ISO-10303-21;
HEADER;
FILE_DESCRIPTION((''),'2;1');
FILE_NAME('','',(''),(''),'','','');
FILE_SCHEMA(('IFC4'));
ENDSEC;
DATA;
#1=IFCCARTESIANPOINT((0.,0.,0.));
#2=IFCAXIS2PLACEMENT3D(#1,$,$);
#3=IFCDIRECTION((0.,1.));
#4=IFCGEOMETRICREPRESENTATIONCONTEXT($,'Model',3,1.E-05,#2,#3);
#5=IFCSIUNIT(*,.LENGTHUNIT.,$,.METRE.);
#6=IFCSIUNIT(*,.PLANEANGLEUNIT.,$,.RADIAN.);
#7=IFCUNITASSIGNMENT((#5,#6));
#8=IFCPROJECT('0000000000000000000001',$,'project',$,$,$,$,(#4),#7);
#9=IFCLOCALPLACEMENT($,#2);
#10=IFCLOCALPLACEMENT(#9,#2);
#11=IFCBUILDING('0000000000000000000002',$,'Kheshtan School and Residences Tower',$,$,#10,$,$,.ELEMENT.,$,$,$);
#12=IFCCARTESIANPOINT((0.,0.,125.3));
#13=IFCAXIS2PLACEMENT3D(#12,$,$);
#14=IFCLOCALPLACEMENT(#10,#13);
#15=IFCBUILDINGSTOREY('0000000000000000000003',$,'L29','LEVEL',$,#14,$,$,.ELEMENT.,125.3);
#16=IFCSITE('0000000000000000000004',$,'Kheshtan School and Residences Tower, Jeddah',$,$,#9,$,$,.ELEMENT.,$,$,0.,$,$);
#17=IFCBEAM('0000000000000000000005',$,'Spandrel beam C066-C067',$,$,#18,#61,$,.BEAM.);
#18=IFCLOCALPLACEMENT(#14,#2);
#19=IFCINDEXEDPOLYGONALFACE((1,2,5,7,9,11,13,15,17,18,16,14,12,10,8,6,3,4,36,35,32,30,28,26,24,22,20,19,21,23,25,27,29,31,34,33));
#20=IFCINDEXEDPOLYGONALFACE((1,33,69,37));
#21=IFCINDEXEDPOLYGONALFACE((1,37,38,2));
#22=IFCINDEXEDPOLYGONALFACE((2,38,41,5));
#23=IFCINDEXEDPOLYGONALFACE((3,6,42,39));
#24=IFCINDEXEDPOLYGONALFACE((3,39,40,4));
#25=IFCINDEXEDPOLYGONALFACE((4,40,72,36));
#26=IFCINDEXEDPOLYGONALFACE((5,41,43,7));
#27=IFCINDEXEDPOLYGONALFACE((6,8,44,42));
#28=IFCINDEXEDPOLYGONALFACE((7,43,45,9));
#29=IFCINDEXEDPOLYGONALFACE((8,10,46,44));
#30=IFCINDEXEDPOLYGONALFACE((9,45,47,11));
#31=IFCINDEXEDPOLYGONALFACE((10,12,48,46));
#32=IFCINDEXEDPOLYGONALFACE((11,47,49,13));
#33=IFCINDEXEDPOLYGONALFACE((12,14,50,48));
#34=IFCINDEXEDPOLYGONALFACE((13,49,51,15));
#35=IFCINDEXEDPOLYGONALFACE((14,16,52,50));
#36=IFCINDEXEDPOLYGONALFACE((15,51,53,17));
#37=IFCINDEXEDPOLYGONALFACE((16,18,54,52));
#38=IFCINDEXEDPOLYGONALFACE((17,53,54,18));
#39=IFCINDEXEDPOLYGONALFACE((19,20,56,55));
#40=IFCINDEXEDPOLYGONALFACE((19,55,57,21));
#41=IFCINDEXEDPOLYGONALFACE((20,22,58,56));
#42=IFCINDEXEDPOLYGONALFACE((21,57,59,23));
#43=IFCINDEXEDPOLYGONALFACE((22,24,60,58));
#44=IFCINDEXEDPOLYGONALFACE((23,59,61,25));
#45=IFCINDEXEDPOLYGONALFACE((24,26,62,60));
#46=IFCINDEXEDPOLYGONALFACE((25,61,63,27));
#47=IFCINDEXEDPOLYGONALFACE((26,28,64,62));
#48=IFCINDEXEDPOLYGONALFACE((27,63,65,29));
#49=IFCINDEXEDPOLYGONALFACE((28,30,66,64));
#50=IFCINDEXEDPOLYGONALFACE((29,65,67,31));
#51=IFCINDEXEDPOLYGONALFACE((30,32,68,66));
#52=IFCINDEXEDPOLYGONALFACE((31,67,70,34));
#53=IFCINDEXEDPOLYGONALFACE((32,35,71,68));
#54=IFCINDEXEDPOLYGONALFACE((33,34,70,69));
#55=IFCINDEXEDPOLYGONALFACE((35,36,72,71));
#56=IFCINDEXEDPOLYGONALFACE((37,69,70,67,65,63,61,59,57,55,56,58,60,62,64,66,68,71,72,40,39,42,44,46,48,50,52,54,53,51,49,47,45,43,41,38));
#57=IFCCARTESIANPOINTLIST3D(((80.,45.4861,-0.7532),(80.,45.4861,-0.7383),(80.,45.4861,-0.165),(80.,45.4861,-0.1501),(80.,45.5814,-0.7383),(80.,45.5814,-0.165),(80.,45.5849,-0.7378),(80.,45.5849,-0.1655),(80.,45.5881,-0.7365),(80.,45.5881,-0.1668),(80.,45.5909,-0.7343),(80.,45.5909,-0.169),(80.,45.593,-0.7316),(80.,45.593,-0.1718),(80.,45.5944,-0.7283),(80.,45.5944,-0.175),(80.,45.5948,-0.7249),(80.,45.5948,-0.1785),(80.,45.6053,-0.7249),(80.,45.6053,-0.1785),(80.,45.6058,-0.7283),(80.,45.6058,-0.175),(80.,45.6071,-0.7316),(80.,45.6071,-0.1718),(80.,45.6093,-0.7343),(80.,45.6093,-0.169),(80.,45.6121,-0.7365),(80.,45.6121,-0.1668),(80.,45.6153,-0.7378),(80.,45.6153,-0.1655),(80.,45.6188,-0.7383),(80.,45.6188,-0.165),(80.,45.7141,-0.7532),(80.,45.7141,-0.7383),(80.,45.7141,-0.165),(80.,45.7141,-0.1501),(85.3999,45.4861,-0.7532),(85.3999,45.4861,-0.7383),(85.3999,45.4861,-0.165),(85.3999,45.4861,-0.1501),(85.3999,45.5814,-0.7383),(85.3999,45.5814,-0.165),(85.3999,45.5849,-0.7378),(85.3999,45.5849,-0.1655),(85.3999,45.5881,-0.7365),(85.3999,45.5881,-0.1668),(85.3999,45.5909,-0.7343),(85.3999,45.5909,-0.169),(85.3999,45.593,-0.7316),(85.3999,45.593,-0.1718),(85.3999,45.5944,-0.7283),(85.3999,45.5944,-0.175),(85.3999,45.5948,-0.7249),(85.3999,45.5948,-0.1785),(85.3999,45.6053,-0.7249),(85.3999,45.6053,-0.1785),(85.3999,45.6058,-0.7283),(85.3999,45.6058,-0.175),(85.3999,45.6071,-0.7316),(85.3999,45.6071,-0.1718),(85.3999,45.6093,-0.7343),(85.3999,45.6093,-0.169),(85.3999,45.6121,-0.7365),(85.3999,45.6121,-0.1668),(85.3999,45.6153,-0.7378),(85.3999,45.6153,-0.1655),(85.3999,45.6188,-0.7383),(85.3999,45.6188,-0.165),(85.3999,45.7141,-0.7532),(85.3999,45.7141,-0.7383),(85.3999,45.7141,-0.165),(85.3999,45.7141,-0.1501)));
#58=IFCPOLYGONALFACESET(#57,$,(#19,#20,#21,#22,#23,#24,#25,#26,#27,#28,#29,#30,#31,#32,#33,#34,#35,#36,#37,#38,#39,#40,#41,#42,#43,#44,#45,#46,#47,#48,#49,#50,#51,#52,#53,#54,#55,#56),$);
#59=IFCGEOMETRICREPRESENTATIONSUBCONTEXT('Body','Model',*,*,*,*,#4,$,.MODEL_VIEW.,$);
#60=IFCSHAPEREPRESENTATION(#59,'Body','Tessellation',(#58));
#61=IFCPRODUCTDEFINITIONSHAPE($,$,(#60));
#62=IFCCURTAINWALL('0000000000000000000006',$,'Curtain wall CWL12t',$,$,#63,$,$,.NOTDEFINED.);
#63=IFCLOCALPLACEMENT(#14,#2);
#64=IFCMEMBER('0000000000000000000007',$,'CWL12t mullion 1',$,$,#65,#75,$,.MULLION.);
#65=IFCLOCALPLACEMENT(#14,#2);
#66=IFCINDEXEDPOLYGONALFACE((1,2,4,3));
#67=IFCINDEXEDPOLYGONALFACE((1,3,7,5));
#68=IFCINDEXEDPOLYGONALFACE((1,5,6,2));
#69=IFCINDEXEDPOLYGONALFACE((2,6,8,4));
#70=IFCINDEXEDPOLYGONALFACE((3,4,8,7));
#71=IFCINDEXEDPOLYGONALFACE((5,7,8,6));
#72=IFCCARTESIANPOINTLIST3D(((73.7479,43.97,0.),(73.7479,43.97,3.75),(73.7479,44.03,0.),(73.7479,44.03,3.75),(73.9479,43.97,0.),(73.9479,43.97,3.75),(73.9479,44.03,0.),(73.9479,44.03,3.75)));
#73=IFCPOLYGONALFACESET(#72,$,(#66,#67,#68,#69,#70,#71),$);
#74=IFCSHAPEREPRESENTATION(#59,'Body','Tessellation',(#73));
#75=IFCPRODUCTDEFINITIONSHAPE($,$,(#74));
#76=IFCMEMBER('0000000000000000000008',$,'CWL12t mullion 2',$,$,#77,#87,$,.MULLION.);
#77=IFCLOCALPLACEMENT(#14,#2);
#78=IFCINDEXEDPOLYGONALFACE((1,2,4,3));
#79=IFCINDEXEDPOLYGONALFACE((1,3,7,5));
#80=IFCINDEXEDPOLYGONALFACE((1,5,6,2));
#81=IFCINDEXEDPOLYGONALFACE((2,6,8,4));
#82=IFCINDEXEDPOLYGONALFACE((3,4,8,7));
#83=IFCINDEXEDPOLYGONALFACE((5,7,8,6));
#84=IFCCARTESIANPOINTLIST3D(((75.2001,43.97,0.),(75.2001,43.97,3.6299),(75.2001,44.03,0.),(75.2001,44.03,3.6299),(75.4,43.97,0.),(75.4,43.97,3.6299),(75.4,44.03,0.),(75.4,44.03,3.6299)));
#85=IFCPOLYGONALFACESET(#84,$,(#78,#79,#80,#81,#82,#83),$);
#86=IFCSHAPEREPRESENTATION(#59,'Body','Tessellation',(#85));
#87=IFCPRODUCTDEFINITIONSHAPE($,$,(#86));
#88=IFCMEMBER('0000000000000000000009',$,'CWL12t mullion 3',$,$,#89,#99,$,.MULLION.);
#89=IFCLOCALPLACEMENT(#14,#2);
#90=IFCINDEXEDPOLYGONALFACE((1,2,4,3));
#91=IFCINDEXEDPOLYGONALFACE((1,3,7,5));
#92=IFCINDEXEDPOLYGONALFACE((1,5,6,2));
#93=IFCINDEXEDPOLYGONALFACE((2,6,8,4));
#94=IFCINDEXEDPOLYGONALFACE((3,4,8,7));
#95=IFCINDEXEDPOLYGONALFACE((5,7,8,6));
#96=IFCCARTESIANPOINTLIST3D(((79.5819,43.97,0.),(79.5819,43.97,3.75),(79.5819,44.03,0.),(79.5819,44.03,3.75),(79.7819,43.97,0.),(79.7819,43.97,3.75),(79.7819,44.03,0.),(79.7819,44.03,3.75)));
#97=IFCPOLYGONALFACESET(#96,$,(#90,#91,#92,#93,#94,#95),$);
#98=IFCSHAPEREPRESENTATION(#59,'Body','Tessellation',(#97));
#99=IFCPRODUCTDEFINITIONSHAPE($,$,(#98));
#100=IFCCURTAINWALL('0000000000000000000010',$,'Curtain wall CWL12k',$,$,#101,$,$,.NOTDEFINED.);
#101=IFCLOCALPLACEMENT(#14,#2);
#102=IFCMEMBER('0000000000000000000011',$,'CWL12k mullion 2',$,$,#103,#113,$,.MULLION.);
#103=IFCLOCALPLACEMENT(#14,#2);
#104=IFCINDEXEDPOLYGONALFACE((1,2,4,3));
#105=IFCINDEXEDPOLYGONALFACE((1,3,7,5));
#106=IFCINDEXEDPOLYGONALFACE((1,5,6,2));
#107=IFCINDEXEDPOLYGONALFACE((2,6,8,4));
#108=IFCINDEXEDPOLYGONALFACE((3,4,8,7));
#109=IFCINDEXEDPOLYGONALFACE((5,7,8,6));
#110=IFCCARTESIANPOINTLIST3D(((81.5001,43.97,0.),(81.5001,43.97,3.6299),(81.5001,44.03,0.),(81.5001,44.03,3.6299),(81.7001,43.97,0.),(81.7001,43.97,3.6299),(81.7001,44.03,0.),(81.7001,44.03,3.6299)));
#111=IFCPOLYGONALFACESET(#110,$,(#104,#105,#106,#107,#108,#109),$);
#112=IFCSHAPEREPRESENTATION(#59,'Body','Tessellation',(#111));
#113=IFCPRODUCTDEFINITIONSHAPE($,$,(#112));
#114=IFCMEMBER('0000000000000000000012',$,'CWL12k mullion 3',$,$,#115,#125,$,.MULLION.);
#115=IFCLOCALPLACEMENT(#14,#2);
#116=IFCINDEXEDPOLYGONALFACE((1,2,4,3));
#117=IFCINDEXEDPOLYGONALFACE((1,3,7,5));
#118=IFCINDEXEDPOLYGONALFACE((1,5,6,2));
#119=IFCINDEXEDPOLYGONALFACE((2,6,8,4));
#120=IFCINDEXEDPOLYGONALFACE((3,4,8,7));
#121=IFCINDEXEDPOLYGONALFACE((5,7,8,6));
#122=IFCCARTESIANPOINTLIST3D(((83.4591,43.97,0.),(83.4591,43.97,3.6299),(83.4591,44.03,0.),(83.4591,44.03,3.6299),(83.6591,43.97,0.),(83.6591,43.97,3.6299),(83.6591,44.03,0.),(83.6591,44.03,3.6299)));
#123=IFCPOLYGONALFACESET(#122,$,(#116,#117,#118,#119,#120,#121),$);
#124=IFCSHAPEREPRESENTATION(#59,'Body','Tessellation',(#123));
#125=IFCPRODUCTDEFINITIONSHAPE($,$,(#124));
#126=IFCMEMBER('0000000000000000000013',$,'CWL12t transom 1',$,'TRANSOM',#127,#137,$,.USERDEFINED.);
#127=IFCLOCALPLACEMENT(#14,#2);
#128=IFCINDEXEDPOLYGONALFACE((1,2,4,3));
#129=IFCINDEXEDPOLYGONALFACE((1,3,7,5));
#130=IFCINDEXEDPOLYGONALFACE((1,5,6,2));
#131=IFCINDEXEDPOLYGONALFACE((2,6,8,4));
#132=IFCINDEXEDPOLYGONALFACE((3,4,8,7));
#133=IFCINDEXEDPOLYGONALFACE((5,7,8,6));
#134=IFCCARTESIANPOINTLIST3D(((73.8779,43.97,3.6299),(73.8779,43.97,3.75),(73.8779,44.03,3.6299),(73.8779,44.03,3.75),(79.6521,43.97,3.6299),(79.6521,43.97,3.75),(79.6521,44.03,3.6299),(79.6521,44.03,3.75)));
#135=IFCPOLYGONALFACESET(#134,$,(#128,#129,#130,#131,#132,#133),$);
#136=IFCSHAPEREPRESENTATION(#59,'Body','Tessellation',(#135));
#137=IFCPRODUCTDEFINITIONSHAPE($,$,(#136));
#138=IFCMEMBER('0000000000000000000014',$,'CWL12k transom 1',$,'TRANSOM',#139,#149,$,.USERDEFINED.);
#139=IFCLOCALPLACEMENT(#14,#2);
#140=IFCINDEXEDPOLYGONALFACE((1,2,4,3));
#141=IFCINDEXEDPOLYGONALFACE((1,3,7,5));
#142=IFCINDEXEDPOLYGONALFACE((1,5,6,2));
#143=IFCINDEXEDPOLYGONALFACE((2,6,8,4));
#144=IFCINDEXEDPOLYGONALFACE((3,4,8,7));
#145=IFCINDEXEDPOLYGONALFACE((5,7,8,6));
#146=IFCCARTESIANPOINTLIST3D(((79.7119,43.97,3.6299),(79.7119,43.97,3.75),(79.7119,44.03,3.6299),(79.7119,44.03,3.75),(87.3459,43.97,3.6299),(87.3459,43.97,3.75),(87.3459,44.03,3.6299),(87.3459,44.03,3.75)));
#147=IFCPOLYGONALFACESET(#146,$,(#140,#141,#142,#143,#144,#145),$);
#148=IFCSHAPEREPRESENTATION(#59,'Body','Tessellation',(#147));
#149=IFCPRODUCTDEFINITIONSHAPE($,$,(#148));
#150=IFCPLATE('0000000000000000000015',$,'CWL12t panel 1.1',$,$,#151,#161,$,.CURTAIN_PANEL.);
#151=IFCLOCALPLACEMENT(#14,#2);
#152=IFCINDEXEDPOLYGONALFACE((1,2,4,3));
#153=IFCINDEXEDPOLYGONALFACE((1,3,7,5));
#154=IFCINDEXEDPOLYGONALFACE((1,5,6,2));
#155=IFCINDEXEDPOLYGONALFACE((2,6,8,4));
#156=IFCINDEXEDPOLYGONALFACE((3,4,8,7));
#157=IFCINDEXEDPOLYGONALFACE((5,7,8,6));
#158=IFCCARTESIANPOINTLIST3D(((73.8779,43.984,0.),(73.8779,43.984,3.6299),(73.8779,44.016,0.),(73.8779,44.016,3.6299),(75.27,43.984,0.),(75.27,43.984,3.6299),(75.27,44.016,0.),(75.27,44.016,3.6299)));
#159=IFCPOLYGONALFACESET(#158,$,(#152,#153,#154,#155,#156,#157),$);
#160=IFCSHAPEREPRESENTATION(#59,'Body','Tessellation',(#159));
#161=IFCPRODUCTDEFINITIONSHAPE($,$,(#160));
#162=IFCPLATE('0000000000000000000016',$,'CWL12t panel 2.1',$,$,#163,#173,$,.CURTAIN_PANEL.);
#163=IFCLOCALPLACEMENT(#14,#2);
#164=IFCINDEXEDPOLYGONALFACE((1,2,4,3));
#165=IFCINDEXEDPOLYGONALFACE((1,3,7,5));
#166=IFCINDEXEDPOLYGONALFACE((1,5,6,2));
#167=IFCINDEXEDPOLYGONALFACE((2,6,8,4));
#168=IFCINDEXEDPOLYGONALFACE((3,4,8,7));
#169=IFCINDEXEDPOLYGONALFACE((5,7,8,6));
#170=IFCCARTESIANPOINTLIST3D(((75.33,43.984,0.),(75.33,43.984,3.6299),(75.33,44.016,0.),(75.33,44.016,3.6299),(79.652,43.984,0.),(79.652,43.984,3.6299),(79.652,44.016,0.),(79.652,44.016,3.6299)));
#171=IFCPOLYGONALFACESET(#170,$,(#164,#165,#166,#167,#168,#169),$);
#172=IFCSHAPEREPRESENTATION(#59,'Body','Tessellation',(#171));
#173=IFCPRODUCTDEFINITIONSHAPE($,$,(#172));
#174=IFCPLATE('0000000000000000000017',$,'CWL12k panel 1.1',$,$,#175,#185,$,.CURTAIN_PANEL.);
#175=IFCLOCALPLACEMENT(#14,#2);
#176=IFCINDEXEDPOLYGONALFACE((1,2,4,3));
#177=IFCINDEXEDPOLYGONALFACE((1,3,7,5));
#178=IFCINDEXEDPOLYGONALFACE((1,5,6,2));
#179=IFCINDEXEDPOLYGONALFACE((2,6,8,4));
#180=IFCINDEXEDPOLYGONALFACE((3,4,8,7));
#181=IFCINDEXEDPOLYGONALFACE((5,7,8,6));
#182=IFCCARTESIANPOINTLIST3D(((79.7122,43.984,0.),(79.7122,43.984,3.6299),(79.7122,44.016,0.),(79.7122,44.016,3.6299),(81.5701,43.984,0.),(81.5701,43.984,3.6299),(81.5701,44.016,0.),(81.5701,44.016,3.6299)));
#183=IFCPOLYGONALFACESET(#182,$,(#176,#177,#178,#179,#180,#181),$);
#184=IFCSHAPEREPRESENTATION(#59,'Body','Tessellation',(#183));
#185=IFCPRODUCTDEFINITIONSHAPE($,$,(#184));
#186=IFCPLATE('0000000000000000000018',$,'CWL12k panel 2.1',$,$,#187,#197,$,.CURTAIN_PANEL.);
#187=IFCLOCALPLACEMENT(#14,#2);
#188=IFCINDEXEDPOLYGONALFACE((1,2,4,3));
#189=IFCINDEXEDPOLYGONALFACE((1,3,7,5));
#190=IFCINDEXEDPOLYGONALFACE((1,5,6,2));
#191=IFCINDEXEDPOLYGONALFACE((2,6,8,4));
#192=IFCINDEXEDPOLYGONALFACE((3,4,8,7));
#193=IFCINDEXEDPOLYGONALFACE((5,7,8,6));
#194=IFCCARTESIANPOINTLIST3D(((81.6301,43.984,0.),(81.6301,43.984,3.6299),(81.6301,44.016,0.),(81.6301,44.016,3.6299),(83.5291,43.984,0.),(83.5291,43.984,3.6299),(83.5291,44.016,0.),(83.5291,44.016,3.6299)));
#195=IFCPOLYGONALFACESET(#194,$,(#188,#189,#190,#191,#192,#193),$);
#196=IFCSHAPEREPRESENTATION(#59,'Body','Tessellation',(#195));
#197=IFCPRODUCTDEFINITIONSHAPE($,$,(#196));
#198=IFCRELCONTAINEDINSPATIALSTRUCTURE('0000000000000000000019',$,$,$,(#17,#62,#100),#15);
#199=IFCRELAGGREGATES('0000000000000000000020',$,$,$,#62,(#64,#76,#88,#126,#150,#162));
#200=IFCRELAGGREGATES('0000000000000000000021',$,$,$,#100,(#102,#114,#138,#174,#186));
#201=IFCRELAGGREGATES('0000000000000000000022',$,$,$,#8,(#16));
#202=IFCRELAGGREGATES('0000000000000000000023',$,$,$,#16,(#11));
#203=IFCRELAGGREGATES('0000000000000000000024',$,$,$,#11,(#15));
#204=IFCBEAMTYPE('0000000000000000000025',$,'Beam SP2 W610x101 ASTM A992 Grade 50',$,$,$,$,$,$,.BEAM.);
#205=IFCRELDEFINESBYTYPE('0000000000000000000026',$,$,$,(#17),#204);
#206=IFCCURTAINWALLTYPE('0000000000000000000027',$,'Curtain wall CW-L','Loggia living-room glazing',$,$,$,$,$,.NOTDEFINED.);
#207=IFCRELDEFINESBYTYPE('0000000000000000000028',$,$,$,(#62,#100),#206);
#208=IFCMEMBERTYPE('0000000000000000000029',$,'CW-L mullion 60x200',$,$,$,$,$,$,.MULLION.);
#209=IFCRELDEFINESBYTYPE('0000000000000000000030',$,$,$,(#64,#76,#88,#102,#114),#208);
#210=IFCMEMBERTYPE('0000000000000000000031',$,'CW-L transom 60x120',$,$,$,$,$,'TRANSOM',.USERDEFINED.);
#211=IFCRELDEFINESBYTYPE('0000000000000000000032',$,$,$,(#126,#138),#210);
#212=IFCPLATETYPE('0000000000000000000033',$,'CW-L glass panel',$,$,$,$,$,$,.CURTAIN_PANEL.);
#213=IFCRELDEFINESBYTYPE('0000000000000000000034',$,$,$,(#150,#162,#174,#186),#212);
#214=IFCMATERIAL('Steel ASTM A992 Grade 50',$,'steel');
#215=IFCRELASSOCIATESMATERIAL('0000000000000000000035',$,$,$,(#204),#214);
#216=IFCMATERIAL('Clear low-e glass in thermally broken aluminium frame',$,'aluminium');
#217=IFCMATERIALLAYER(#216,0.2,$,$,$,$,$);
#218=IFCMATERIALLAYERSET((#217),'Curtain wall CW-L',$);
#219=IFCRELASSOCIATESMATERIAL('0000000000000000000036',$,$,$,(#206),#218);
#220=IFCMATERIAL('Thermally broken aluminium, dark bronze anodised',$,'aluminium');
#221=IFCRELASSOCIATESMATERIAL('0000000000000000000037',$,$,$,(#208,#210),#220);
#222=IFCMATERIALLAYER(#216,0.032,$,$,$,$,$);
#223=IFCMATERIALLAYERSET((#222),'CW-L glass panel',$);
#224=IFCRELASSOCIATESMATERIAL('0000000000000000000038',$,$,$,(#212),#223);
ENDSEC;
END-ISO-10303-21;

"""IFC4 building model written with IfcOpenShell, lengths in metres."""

from ifc_helpers import new_model, si_unit, direction, frame, origin, origin_2d, place, context, subcontext, project, spatial, rectangle, i_section, extrude, material, layer, layer_set, material_profile, profile_set, type_object, element, aggregate, save


model = new_model("IFC4")

# Units and contexts
model_context = context("Model", 3, precision=1e-05, world=origin(), true_north=direction((0.0, 1.0)))
body_context = subcontext(model_context, "Body", "Model", "MODEL_VIEW")
ifc_project = project(units=[si_unit("LENGTHUNIT", "METRE"), si_unit("PLANEANGLEUNIT", "RADIAN")], contexts=[model_context])

# Site, building, storey
site_placement = place(None, origin())
site = spatial("IfcSite", under=ifc_project, at=site_placement, Name="Kheshtan School and Residences Tower, Jeddah", CompositionType="ELEMENT", RefElevation=0.0)
building_placement = place(site_placement, origin())
building = spatial("IfcBuilding", under=site, at=building_placement, Name="Kheshtan School and Residences Tower", CompositionType="ELEMENT")
storey_placement = place(building_placement, frame((0.0, 0.0, 125.3)))
storey = spatial("IfcBuildingStorey", under=building, at=storey_placement, Name="L29", Description="LEVEL", CompositionType="ELEMENT", Elevation=125.3)

# Shared definitions
ifc_material_1 = material(Name="Steel ASTM A992 Grade 50", Category="steel")

# Beam
ifc_material_profile_1 = material_profile(ifc_material_1, i_section(OverallWidth=0.228, OverallDepth=0.603, WebThickness=0.0105, FlangeThickness=0.0149, FilletRadius=0.0134, at=origin_2d()), Name="W610x101")
ifc_profile_set_1 = profile_set([ifc_material_profile_1], Name="Steel ASTM A992 Grade 50")
beam_type_1 = type_object("IfcBeamType", Name="Beam SP2 W610x101 ASTM A992 Grade 50", PredefinedType="BEAM", material=ifc_profile_set_1)
for number, where, z_axis, x_axis, name in (
    (1, (80.0, 45.6001, -0.4517), (1.0, 0.0, 0.0), (0.0, 1.0, 0.0), "Spandrel beam C066-C067"),
):
    element("IfcBeam", number, at=place(storey_placement, frame(where, z_axis=z_axis, x_axis=x_axis)), inside=storey, type_object=beam_type_1, Name=name, PredefinedType="BEAM", context=body_context, shape_type="SweptSolid", body=[
        extrude(i_section(OverallWidth=0.228, OverallDepth=0.603, WebThickness=0.0105, FlangeThickness=0.0149, FilletRadius=0.0134, at=origin_2d()), origin(), (0.0, 0.0, 1.0), 5.3999),
    ])

# Curtain walls, members
ifc_material_2 = material(Name="Clear low-e glass in thermally broken aluminium frame", Category="aluminium")
ifc_layer_1 = layer(ifc_material_2, 0.2)
ifc_layer_set_1 = layer_set([ifc_layer_1], Name="Curtain wall CW-L")
curtain_wall_type = type_object("IfcCurtainWallType", Name="Curtain wall CW-L", Description="Loggia living-room glazing", PredefinedType="NOTDEFINED", material=ifc_layer_set_1)
curtain_wall_1_placement = place(storey_placement, origin())
curtain_wall_1 = element("IfcCurtainWall", 2, at=curtain_wall_1_placement, inside=storey, type_object=curtain_wall_type, Name="Curtain wall CWL12t", PredefinedType="NOTDEFINED")
ifc_material_3 = material(Name="Thermally broken aluminium, dark bronze anodised", Category="aluminium")
ifc_material_profile_2 = material_profile(ifc_material_3, rectangle(XDim=0.0601, YDim=0.2, at=origin_2d()), Name="CW-L mullion 60x200")
ifc_profile_set_2 = profile_set([ifc_material_profile_2], Name="Thermally broken aluminium, dark bronze anodised")
member_type_1 = type_object("IfcMemberType", Name="CW-L mullion 60x200", PredefinedType="MULLION", material=ifc_profile_set_2)
member_1_placement = place(storey_placement, frame((73.8479, 44.0, 0.0), z_axis=(0.0, 0.0, 1.0), x_axis=(0.0, 1.0, 0.0)))
member_1 = element("IfcMember", 3, at=member_1_placement, type_object=member_type_1, Name="CWL12t mullion 1", PredefinedType="MULLION", context=body_context, shape_type="SweptSolid", body=[
    extrude(rectangle(XDim=0.0601, YDim=0.2, at=origin_2d()), origin(), (0.0, 0.0, 1.0), 3.75),
])
member_2_placement = place(storey_placement, frame((75.3, 44.0, 0.0), z_axis=(0.0, 0.0, 1.0), x_axis=(0.0, 1.0, 0.0)))
member_2 = element("IfcMember", 4, at=member_2_placement, type_object=member_type_1, Name="CWL12t mullion 2", PredefinedType="MULLION", context=body_context, shape_type="SweptSolid", body=[
    extrude(rectangle(XDim=0.0601, YDim=0.2, at=origin_2d()), origin(), (0.0, 0.0, 1.0), 3.6299),
])
member_3_placement = place(storey_placement, frame((79.6819, 44.0, 0.0), z_axis=(0.0, 0.0, 1.0), x_axis=(0.0, 1.0, 0.0)))
member_3 = element("IfcMember", 5, at=member_3_placement, type_object=member_type_1, Name="CWL12t mullion 3", PredefinedType="MULLION", context=body_context, shape_type="SweptSolid", body=[
    extrude(rectangle(XDim=0.0601, YDim=0.2, at=origin_2d()), origin(), (0.0, 0.0, 1.0), 3.75),
])
curtain_wall_2_placement = place(storey_placement, origin())
curtain_wall_2 = element("IfcCurtainWall", 6, at=curtain_wall_2_placement, inside=storey, type_object=curtain_wall_type, Name="Curtain wall CWL12k", PredefinedType="NOTDEFINED")
member_4_placement = place(storey_placement, frame((81.6001, 44.0, 0.0), z_axis=(0.0, 0.0, 1.0), x_axis=(0.0, 1.0, 0.0)))
member_4 = element("IfcMember", 7, at=member_4_placement, type_object=member_type_1, Name="CWL12k mullion 2", PredefinedType="MULLION", context=body_context, shape_type="SweptSolid", body=[
    extrude(rectangle(XDim=0.0601, YDim=0.2, at=origin_2d()), origin(), (0.0, 0.0, 1.0), 3.6299),
])
member_5_placement = place(storey_placement, frame((83.5591, 44.0, 0.0), z_axis=(0.0, 0.0, 1.0), x_axis=(0.0, 1.0, 0.0)))
member_5 = element("IfcMember", 8, at=member_5_placement, type_object=member_type_1, Name="CWL12k mullion 3", PredefinedType="MULLION", context=body_context, shape_type="SweptSolid", body=[
    extrude(rectangle(XDim=0.0601, YDim=0.2, at=origin_2d()), origin(), (0.0, 0.0, 1.0), 3.6299),
])

# Members
ifc_material_profile_3 = material_profile(ifc_material_3, rectangle(XDim=0.0601, YDim=0.1201, at=origin_2d()), Name="CW-L transom 60x120")
ifc_profile_set_3 = profile_set([ifc_material_profile_3], Name="Thermally broken aluminium, dark bronze anodised")
member_type_2 = type_object("IfcMemberType", Name="CW-L transom 60x120", ElementType="TRANSOM", PredefinedType="USERDEFINED", material=ifc_profile_set_3)
member_6_placement = place(storey_placement, frame((73.8779, 44.0, 3.6899), z_axis=(1.0, 0.0, 0.0), x_axis=(0.0, 1.0, 0.0)))
member_6 = element("IfcMember", 9, at=member_6_placement, type_object=member_type_2, Name="CWL12t transom 1", ObjectType="TRANSOM", PredefinedType="USERDEFINED", context=body_context, shape_type="SweptSolid", body=[
    extrude(rectangle(XDim=0.0601, YDim=0.1201, at=origin_2d()), origin(), (0.0, 0.0, 1.0), 5.7742),
])
member_7_placement = place(storey_placement, frame((79.7119, 44.0, 3.6899), z_axis=(1.0, 0.0, 0.0), x_axis=(0.0, 1.0, 0.0)))
member_7 = element("IfcMember", 10, at=member_7_placement, type_object=member_type_2, Name="CWL12k transom 1", ObjectType="TRANSOM", PredefinedType="USERDEFINED", context=body_context, shape_type="SweptSolid", body=[
    extrude(rectangle(XDim=0.0601, YDim=0.1201, at=origin_2d()), origin(), (0.0, 0.0, 1.0), 7.634),
])

# Plates
ifc_layer_2 = layer(ifc_material_2, 0.032)
ifc_layer_set_2 = layer_set([ifc_layer_2], Name="CW-L glass panel")
plate_type = type_object("IfcPlateType", Name="CW-L glass panel", PredefinedType="CURTAIN_PANEL", material=ifc_layer_set_2)
plate_1_placement = place(storey_placement, frame((74.574, 44.0, 0.0), z_axis=(0.0, 0.0, 1.0), x_axis=(1.0, 0.0, 0.0)))
plate_1 = element("IfcPlate", 11, at=plate_1_placement, type_object=plate_type, Name="CWL12t panel 1.1", PredefinedType="CURTAIN_PANEL", context=body_context, shape_type="SweptSolid", body=[
    extrude(rectangle(XDim=1.3921, YDim=0.032, at=origin_2d()), origin(), (0.0, 0.0, 1.0), 3.6299),
])
plate_2_placement = place(storey_placement, frame((77.491, 44.0, 0.0), z_axis=(0.0, 0.0, 1.0), x_axis=(1.0, 0.0, 0.0)))
plate_2 = element("IfcPlate", 12, at=plate_2_placement, type_object=plate_type, Name="CWL12t panel 2.1", PredefinedType="CURTAIN_PANEL", context=body_context, shape_type="SweptSolid", body=[
    extrude(rectangle(XDim=4.322, YDim=0.032, at=origin_2d()), origin(), (0.0, 0.0, 1.0), 3.6299),
])
aggregate(curtain_wall_1, [member_1, member_2, member_3, member_6, plate_1, plate_2])
plate_3_placement = place(storey_placement, frame((80.6411, 44.0, 0.0), z_axis=(0.0, 0.0, 1.0), x_axis=(1.0, 0.0, 0.0)))
plate_3 = element("IfcPlate", 13, at=plate_3_placement, type_object=plate_type, Name="CWL12k panel 1.1", PredefinedType="CURTAIN_PANEL", context=body_context, shape_type="SweptSolid", body=[
    extrude(rectangle(XDim=1.8579, YDim=0.032, at=origin_2d()), origin(), (0.0, 0.0, 1.0), 3.6299),
])
plate_4_placement = place(storey_placement, frame((82.5796, 44.0, 0.0), z_axis=(0.0, 0.0, 1.0), x_axis=(1.0, 0.0, 0.0)))
plate_4 = element("IfcPlate", 14, at=plate_4_placement, type_object=plate_type, Name="CWL12k panel 2.1", PredefinedType="CURTAIN_PANEL", context=body_context, shape_type="SweptSolid", body=[
    extrude(rectangle(XDim=1.8989, YDim=0.032, at=origin_2d()), origin(), (0.0, 0.0, 1.0), 3.6299),
])
aggregate(curtain_wall_2, [member_4, member_5, member_7, plate_3, plate_4])

save(model, "model.ifc")
